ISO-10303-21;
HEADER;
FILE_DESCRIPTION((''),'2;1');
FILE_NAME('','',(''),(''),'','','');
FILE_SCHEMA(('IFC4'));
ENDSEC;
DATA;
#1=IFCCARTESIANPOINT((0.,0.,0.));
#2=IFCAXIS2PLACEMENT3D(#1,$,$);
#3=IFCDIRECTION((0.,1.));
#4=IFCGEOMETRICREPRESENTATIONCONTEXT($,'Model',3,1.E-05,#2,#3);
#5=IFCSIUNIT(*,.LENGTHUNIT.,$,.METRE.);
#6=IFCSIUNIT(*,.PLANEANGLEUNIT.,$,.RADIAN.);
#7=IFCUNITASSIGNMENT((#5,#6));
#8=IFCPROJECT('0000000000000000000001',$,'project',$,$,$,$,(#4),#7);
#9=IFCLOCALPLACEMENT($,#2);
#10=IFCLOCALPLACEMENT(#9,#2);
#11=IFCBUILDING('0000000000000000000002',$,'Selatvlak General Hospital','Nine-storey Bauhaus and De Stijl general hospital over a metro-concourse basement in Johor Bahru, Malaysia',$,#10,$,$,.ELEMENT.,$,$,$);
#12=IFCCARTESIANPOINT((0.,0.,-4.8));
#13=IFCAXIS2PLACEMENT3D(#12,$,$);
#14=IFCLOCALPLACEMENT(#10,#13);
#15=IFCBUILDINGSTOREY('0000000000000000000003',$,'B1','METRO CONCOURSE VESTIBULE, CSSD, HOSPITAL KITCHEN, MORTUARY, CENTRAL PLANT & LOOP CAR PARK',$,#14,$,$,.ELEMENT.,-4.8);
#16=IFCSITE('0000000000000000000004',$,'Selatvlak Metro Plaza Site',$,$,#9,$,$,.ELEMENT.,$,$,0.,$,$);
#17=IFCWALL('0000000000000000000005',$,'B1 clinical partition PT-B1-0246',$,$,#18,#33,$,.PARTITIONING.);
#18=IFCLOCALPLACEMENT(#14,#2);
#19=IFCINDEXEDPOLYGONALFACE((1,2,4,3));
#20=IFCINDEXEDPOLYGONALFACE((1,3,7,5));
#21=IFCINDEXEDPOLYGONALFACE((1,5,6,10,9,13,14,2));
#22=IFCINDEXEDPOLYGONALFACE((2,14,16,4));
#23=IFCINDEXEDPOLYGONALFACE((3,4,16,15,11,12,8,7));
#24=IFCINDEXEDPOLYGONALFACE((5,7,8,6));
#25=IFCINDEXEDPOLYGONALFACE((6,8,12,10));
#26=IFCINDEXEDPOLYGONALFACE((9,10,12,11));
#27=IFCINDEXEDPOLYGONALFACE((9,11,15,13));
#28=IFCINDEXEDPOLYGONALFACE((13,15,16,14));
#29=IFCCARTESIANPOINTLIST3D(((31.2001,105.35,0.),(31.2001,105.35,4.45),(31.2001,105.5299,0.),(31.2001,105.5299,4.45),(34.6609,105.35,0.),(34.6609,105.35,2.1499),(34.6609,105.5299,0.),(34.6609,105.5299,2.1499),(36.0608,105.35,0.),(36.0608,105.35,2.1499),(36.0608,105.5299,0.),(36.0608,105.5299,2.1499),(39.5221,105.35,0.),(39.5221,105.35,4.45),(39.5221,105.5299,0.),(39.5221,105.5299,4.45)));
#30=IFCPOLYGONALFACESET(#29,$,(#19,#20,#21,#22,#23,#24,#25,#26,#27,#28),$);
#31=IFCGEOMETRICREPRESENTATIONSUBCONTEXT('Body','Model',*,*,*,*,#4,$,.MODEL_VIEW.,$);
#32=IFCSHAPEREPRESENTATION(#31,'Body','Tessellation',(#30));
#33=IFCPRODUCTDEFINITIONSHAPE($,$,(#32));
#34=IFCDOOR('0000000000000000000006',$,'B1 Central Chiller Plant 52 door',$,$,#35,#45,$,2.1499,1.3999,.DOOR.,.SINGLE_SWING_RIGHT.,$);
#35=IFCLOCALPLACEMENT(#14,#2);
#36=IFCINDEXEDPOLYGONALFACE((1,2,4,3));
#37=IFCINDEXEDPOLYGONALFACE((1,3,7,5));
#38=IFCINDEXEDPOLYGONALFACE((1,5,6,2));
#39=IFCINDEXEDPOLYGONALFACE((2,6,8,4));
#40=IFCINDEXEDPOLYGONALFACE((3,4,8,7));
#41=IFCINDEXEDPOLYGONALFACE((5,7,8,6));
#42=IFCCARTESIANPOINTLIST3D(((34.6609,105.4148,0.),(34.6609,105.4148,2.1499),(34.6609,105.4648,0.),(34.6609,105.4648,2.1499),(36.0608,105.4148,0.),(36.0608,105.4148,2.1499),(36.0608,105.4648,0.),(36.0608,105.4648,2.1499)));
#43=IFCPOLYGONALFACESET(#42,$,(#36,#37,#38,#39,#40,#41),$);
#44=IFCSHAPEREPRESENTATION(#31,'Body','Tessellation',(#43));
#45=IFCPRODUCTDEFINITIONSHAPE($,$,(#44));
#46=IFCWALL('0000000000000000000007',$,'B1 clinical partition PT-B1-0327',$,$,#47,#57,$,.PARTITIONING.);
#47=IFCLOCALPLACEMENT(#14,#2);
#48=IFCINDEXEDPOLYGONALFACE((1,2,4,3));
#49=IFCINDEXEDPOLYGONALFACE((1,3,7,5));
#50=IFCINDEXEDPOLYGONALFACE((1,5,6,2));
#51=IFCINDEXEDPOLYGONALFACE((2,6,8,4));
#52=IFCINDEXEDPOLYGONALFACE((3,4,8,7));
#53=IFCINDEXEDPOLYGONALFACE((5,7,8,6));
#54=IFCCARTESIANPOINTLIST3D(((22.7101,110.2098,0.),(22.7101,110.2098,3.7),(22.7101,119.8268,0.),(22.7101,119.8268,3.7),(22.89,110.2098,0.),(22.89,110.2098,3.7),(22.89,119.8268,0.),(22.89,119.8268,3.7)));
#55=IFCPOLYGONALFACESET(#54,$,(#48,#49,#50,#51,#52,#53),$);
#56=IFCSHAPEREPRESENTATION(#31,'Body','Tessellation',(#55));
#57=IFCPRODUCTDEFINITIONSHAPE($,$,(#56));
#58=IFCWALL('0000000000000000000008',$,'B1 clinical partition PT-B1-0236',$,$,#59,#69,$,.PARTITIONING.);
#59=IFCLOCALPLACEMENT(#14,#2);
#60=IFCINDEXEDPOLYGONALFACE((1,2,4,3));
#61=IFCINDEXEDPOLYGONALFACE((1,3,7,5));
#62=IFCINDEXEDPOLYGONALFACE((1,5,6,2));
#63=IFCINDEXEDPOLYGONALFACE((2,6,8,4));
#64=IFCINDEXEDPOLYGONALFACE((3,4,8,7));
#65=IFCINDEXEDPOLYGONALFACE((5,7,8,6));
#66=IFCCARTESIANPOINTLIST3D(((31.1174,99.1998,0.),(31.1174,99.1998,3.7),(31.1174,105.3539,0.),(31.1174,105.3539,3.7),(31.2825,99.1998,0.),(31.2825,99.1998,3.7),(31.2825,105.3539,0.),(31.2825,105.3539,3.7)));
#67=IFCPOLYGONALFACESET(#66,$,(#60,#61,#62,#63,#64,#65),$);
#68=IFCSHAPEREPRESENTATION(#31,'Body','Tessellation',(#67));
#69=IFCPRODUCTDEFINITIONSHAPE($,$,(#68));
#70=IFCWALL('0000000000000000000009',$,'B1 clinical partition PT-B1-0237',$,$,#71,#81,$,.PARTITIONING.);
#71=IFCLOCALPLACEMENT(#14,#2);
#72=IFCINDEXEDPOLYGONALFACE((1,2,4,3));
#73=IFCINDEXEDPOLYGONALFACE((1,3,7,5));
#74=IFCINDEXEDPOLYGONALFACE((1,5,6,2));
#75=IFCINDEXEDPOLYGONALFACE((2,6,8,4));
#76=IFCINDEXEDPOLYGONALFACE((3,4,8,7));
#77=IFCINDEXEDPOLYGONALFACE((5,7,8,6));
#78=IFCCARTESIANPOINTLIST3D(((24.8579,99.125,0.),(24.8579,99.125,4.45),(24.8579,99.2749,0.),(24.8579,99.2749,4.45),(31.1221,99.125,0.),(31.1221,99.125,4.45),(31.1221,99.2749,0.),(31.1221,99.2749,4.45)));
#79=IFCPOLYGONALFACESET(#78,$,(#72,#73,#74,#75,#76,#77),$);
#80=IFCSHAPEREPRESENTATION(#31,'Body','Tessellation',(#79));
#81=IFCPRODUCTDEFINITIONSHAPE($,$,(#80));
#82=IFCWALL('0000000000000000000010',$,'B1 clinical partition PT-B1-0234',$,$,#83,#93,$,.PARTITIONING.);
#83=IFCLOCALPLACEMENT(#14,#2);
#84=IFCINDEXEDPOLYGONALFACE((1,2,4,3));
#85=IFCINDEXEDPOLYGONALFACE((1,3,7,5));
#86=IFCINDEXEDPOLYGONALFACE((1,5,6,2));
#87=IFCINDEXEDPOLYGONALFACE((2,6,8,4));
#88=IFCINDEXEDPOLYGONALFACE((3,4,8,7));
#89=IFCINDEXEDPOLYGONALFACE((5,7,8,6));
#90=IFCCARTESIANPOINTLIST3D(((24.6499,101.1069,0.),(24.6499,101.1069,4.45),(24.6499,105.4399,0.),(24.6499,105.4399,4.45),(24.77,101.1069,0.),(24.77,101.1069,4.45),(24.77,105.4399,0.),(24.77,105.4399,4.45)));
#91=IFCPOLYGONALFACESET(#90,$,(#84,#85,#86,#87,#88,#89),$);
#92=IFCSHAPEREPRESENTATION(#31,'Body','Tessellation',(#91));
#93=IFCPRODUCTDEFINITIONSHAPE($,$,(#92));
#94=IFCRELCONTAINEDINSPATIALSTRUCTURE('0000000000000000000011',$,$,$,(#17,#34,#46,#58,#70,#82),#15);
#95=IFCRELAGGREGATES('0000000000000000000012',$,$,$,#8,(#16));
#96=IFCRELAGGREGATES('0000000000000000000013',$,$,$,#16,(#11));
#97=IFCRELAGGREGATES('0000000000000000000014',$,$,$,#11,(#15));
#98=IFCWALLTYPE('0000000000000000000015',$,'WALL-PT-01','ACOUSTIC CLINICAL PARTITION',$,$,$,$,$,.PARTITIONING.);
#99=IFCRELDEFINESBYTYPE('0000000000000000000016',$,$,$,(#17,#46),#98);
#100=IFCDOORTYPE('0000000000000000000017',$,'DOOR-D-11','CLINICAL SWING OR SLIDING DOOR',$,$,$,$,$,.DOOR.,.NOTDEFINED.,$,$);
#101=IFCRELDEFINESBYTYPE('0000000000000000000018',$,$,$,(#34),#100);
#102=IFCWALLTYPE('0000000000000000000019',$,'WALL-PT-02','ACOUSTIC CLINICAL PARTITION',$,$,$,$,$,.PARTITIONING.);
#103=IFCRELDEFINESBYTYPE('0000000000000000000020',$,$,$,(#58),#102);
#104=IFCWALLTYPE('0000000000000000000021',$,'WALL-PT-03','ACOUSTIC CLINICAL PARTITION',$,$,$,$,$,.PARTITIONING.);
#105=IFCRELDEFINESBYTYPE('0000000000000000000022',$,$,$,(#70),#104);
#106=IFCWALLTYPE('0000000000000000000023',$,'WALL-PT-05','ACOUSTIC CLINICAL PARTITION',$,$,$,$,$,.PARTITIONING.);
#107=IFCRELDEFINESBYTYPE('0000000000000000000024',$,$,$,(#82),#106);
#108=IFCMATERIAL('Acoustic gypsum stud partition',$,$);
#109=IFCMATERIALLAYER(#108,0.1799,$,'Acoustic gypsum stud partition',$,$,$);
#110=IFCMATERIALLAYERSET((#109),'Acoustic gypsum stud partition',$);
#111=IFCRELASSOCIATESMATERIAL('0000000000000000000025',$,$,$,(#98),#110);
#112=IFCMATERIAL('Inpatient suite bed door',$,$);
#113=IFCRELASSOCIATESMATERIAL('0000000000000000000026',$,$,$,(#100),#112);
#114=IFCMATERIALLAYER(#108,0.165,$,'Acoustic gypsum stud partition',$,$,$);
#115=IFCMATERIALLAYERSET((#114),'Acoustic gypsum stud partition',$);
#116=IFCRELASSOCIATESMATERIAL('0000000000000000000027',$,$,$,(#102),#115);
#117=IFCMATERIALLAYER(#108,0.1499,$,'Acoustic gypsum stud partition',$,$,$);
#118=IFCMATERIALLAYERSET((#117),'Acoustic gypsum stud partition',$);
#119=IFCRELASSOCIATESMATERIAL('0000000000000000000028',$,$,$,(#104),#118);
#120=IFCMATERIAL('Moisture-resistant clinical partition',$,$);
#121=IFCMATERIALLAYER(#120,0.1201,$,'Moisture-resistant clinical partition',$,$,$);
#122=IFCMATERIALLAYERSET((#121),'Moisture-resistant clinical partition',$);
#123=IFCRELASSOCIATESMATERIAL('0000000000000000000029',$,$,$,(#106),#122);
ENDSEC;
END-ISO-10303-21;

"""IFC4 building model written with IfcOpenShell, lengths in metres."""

from ifc_helpers import new_model, si_unit, direction, frame, frame_2d, origin, place, context, subcontext, project, spatial, rectangle, extrude, material, layer, layer_set, type_object, element, fill, save


model = new_model("IFC4")

# Units and contexts
model_context = context("Model", 3, precision=1e-05, world=origin(), true_north=direction((0.0, 1.0)))
body_context = subcontext(model_context, "Body", "Model", "MODEL_VIEW")
ifc_project = project(units=[si_unit("LENGTHUNIT", "METRE"), si_unit("PLANEANGLEUNIT", "RADIAN")], contexts=[model_context])

# Site, building, storey
site_placement = place(None, origin())
site = spatial("IfcSite", under=ifc_project, at=site_placement, Name="Selatvlak Metro Plaza Site", CompositionType="ELEMENT", RefElevation=0.0)
building_placement = place(site_placement, origin())
building = spatial("IfcBuilding", under=site, at=building_placement, Name="Selatvlak General Hospital", Description="Nine-storey Bauhaus and De Stijl general hospital over a metro-concourse basement in Johor Bahru, Malaysia", CompositionType="ELEMENT")
storey_placement = place(building_placement, frame((0.0, 0.0, -4.8)))
storey = spatial("IfcBuildingStorey", under=building, at=storey_placement, Name="B1", Description="METRO CONCOURSE VESTIBULE, CSSD, HOSPITAL KITCHEN, MORTUARY, CENTRAL PLANT & LOOP CAR PARK", CompositionType="ELEMENT", Elevation=-4.8)

# Wall, opening, door
ifc_material_1 = material(Name="Acoustic gypsum stud partition")
ifc_layer_1 = layer(ifc_material_1, 0.1799, Name="Acoustic gypsum stud partition")
ifc_layer_set_1 = layer_set([ifc_layer_1], Name="Acoustic gypsum stud partition")
wall_type_1 = type_object("IfcWallType", Name="WALL-PT-01", Description="ACOUSTIC CLINICAL PARTITION", PredefinedType="PARTITIONING", material=ifc_layer_set_1)
wall_1_placement = place(storey_placement, frame((31.2, 105.4399, 0.0), z_axis=(0.0, 0.0, 1.0), x_axis=(1.0, 0.0, 0.0)))
wall_1 = element("IfcWall", 1, at=wall_1_placement, inside=storey, type_object=wall_type_1, Name="B1 clinical partition PT-B1-0246", PredefinedType="PARTITIONING", context=body_context, shape_type="SweptSolid", body=[
    extrude(rectangle(XDim=8.322, YDim=0.1799, at=frame_2d((4.1611, 0.0))), origin(), (0.0, 0.0, 1.0), 4.45),
])
opening_1_placement = place(wall_1_placement, frame((3.4609, 0.0, 0.0)))
opening_1 = element("IfcOpeningElement", 2, at=opening_1_placement, cuts=wall_1, PredefinedType="OPENING", context=body_context, shape_type="SweptSolid", body=[
    extrude(rectangle(XDim=1.3999, YDim=2.1499, at=frame_2d((0.7, 1.075))), frame((0.0, 0.0999, 0.0), z_axis=(0.0, -1.0, 0.0), x_axis=(1.0, 0.0, 0.0)), (0.0, 0.0, 1.0), 0.2),
])
ifc_material_2 = material(Name="Inpatient suite bed door")
door_type_1 = type_object("IfcDoorType", Name="DOOR-D-11", Description="CLINICAL SWING OR SLIDING DOOR", OperationType="NOTDEFINED", PredefinedType="DOOR", material=ifc_material_2)
door_1_placement = place(opening_1_placement, origin())
door_1 = element("IfcDoor", 3, at=door_1_placement, inside=storey, type_object=door_type_1, Name="B1 Central Chiller Plant 52 door", OperationType="SINGLE_SWING_RIGHT", OverallHeight=2.1499, OverallWidth=1.3999, PredefinedType="DOOR", context=body_context, shape_type="SweptSolid", body=[
    extrude(rectangle(XDim=1.3999, YDim=2.1499, at=frame_2d((0.7, 1.075))), frame((0.0, 0.0249, 0.0), z_axis=(0.0, -1.0, 0.0), x_axis=(1.0, 0.0, 0.0)), (0.0, 0.0, 1.0), 0.05),
])
fill(opening_1, door_1)

# Walls
wall_2_placement = place(storey_placement, frame((22.8, 119.8269, 0.0), z_axis=(0.0, 0.0, 1.0), x_axis=(0.0, -1.0, 0.0)))
element("IfcWall", 4, at=wall_2_placement, inside=storey, type_object=wall_type_1, Name="B1 clinical partition PT-B1-0327", PredefinedType="PARTITIONING", context=body_context, shape_type="SweptSolid", body=[
    extrude(rectangle(XDim=9.6169, YDim=0.1799, at=frame_2d((4.8086, 0.0))), origin(), (0.0, 0.0, 1.0), 3.7),
])
ifc_layer_2 = layer(ifc_material_1, 0.165, Name="Acoustic gypsum stud partition")
ifc_layer_set_2 = layer_set([ifc_layer_2], Name="Acoustic gypsum stud partition")
wall_type_2 = type_object("IfcWallType", Name="WALL-PT-02", Description="ACOUSTIC CLINICAL PARTITION", PredefinedType="PARTITIONING", material=ifc_layer_set_2)
wall_3_placement = place(storey_placement, frame((31.2, 105.354, 0.0), z_axis=(0.0, 0.0, 1.0), x_axis=(0.0, -1.0, 0.0)))
element("IfcWall", 5, at=wall_3_placement, inside=storey, type_object=wall_type_2, Name="B1 clinical partition PT-B1-0236", PredefinedType="PARTITIONING", context=body_context, shape_type="SweptSolid", body=[
    extrude(rectangle(XDim=6.1541, YDim=0.165, at=frame_2d((3.0771, 0.0))), origin(), (0.0, 0.0, 1.0), 3.7),
])
ifc_layer_3 = layer(ifc_material_1, 0.1499, Name="Acoustic gypsum stud partition")
ifc_layer_set_3 = layer_set([ifc_layer_3], Name="Acoustic gypsum stud partition")
wall_type_3 = type_object("IfcWallType", Name="WALL-PT-03", Description="ACOUSTIC CLINICAL PARTITION", PredefinedType="PARTITIONING", material=ifc_layer_set_3)
wall_4_placement = place(storey_placement, frame((31.1221, 99.2, 0.0), z_axis=(0.0, 0.0, 1.0), x_axis=(-1.0, 0.0, 0.0)))
element("IfcWall", 6, at=wall_4_placement, inside=storey, type_object=wall_type_3, Name="B1 clinical partition PT-B1-0237", PredefinedType="PARTITIONING", context=body_context, shape_type="SweptSolid", body=[
    extrude(rectangle(XDim=6.2642, YDim=0.1499, at=frame_2d((3.1321, 0.0))), origin(), (0.0, 0.0, 1.0), 4.45),
])
ifc_material_3 = material(Name="Moisture-resistant clinical partition")
ifc_layer_4 = layer(ifc_material_3, 0.1201, Name="Moisture-resistant clinical partition")
ifc_layer_set_4 = layer_set([ifc_layer_4], Name="Moisture-resistant clinical partition")
wall_type_4 = type_object("IfcWallType", Name="WALL-PT-05", Description="ACOUSTIC CLINICAL PARTITION", PredefinedType="PARTITIONING", material=ifc_layer_set_4)
wall_5_placement = place(storey_placement, frame((24.71, 101.1069, 0.0), z_axis=(0.0, 0.0, 1.0), x_axis=(0.0, 1.0, 0.0)))
element("IfcWall", 7, at=wall_5_placement, inside=storey, type_object=wall_type_4, Name="B1 clinical partition PT-B1-0234", PredefinedType="PARTITIONING", context=body_context, shape_type="SweptSolid", body=[
    extrude(rectangle(XDim=4.333, YDim=0.1201, at=frame_2d((2.1665, 0.0))), origin(), (0.0, 0.0, 1.0), 4.45),
])

save(model, "model.ifc")
